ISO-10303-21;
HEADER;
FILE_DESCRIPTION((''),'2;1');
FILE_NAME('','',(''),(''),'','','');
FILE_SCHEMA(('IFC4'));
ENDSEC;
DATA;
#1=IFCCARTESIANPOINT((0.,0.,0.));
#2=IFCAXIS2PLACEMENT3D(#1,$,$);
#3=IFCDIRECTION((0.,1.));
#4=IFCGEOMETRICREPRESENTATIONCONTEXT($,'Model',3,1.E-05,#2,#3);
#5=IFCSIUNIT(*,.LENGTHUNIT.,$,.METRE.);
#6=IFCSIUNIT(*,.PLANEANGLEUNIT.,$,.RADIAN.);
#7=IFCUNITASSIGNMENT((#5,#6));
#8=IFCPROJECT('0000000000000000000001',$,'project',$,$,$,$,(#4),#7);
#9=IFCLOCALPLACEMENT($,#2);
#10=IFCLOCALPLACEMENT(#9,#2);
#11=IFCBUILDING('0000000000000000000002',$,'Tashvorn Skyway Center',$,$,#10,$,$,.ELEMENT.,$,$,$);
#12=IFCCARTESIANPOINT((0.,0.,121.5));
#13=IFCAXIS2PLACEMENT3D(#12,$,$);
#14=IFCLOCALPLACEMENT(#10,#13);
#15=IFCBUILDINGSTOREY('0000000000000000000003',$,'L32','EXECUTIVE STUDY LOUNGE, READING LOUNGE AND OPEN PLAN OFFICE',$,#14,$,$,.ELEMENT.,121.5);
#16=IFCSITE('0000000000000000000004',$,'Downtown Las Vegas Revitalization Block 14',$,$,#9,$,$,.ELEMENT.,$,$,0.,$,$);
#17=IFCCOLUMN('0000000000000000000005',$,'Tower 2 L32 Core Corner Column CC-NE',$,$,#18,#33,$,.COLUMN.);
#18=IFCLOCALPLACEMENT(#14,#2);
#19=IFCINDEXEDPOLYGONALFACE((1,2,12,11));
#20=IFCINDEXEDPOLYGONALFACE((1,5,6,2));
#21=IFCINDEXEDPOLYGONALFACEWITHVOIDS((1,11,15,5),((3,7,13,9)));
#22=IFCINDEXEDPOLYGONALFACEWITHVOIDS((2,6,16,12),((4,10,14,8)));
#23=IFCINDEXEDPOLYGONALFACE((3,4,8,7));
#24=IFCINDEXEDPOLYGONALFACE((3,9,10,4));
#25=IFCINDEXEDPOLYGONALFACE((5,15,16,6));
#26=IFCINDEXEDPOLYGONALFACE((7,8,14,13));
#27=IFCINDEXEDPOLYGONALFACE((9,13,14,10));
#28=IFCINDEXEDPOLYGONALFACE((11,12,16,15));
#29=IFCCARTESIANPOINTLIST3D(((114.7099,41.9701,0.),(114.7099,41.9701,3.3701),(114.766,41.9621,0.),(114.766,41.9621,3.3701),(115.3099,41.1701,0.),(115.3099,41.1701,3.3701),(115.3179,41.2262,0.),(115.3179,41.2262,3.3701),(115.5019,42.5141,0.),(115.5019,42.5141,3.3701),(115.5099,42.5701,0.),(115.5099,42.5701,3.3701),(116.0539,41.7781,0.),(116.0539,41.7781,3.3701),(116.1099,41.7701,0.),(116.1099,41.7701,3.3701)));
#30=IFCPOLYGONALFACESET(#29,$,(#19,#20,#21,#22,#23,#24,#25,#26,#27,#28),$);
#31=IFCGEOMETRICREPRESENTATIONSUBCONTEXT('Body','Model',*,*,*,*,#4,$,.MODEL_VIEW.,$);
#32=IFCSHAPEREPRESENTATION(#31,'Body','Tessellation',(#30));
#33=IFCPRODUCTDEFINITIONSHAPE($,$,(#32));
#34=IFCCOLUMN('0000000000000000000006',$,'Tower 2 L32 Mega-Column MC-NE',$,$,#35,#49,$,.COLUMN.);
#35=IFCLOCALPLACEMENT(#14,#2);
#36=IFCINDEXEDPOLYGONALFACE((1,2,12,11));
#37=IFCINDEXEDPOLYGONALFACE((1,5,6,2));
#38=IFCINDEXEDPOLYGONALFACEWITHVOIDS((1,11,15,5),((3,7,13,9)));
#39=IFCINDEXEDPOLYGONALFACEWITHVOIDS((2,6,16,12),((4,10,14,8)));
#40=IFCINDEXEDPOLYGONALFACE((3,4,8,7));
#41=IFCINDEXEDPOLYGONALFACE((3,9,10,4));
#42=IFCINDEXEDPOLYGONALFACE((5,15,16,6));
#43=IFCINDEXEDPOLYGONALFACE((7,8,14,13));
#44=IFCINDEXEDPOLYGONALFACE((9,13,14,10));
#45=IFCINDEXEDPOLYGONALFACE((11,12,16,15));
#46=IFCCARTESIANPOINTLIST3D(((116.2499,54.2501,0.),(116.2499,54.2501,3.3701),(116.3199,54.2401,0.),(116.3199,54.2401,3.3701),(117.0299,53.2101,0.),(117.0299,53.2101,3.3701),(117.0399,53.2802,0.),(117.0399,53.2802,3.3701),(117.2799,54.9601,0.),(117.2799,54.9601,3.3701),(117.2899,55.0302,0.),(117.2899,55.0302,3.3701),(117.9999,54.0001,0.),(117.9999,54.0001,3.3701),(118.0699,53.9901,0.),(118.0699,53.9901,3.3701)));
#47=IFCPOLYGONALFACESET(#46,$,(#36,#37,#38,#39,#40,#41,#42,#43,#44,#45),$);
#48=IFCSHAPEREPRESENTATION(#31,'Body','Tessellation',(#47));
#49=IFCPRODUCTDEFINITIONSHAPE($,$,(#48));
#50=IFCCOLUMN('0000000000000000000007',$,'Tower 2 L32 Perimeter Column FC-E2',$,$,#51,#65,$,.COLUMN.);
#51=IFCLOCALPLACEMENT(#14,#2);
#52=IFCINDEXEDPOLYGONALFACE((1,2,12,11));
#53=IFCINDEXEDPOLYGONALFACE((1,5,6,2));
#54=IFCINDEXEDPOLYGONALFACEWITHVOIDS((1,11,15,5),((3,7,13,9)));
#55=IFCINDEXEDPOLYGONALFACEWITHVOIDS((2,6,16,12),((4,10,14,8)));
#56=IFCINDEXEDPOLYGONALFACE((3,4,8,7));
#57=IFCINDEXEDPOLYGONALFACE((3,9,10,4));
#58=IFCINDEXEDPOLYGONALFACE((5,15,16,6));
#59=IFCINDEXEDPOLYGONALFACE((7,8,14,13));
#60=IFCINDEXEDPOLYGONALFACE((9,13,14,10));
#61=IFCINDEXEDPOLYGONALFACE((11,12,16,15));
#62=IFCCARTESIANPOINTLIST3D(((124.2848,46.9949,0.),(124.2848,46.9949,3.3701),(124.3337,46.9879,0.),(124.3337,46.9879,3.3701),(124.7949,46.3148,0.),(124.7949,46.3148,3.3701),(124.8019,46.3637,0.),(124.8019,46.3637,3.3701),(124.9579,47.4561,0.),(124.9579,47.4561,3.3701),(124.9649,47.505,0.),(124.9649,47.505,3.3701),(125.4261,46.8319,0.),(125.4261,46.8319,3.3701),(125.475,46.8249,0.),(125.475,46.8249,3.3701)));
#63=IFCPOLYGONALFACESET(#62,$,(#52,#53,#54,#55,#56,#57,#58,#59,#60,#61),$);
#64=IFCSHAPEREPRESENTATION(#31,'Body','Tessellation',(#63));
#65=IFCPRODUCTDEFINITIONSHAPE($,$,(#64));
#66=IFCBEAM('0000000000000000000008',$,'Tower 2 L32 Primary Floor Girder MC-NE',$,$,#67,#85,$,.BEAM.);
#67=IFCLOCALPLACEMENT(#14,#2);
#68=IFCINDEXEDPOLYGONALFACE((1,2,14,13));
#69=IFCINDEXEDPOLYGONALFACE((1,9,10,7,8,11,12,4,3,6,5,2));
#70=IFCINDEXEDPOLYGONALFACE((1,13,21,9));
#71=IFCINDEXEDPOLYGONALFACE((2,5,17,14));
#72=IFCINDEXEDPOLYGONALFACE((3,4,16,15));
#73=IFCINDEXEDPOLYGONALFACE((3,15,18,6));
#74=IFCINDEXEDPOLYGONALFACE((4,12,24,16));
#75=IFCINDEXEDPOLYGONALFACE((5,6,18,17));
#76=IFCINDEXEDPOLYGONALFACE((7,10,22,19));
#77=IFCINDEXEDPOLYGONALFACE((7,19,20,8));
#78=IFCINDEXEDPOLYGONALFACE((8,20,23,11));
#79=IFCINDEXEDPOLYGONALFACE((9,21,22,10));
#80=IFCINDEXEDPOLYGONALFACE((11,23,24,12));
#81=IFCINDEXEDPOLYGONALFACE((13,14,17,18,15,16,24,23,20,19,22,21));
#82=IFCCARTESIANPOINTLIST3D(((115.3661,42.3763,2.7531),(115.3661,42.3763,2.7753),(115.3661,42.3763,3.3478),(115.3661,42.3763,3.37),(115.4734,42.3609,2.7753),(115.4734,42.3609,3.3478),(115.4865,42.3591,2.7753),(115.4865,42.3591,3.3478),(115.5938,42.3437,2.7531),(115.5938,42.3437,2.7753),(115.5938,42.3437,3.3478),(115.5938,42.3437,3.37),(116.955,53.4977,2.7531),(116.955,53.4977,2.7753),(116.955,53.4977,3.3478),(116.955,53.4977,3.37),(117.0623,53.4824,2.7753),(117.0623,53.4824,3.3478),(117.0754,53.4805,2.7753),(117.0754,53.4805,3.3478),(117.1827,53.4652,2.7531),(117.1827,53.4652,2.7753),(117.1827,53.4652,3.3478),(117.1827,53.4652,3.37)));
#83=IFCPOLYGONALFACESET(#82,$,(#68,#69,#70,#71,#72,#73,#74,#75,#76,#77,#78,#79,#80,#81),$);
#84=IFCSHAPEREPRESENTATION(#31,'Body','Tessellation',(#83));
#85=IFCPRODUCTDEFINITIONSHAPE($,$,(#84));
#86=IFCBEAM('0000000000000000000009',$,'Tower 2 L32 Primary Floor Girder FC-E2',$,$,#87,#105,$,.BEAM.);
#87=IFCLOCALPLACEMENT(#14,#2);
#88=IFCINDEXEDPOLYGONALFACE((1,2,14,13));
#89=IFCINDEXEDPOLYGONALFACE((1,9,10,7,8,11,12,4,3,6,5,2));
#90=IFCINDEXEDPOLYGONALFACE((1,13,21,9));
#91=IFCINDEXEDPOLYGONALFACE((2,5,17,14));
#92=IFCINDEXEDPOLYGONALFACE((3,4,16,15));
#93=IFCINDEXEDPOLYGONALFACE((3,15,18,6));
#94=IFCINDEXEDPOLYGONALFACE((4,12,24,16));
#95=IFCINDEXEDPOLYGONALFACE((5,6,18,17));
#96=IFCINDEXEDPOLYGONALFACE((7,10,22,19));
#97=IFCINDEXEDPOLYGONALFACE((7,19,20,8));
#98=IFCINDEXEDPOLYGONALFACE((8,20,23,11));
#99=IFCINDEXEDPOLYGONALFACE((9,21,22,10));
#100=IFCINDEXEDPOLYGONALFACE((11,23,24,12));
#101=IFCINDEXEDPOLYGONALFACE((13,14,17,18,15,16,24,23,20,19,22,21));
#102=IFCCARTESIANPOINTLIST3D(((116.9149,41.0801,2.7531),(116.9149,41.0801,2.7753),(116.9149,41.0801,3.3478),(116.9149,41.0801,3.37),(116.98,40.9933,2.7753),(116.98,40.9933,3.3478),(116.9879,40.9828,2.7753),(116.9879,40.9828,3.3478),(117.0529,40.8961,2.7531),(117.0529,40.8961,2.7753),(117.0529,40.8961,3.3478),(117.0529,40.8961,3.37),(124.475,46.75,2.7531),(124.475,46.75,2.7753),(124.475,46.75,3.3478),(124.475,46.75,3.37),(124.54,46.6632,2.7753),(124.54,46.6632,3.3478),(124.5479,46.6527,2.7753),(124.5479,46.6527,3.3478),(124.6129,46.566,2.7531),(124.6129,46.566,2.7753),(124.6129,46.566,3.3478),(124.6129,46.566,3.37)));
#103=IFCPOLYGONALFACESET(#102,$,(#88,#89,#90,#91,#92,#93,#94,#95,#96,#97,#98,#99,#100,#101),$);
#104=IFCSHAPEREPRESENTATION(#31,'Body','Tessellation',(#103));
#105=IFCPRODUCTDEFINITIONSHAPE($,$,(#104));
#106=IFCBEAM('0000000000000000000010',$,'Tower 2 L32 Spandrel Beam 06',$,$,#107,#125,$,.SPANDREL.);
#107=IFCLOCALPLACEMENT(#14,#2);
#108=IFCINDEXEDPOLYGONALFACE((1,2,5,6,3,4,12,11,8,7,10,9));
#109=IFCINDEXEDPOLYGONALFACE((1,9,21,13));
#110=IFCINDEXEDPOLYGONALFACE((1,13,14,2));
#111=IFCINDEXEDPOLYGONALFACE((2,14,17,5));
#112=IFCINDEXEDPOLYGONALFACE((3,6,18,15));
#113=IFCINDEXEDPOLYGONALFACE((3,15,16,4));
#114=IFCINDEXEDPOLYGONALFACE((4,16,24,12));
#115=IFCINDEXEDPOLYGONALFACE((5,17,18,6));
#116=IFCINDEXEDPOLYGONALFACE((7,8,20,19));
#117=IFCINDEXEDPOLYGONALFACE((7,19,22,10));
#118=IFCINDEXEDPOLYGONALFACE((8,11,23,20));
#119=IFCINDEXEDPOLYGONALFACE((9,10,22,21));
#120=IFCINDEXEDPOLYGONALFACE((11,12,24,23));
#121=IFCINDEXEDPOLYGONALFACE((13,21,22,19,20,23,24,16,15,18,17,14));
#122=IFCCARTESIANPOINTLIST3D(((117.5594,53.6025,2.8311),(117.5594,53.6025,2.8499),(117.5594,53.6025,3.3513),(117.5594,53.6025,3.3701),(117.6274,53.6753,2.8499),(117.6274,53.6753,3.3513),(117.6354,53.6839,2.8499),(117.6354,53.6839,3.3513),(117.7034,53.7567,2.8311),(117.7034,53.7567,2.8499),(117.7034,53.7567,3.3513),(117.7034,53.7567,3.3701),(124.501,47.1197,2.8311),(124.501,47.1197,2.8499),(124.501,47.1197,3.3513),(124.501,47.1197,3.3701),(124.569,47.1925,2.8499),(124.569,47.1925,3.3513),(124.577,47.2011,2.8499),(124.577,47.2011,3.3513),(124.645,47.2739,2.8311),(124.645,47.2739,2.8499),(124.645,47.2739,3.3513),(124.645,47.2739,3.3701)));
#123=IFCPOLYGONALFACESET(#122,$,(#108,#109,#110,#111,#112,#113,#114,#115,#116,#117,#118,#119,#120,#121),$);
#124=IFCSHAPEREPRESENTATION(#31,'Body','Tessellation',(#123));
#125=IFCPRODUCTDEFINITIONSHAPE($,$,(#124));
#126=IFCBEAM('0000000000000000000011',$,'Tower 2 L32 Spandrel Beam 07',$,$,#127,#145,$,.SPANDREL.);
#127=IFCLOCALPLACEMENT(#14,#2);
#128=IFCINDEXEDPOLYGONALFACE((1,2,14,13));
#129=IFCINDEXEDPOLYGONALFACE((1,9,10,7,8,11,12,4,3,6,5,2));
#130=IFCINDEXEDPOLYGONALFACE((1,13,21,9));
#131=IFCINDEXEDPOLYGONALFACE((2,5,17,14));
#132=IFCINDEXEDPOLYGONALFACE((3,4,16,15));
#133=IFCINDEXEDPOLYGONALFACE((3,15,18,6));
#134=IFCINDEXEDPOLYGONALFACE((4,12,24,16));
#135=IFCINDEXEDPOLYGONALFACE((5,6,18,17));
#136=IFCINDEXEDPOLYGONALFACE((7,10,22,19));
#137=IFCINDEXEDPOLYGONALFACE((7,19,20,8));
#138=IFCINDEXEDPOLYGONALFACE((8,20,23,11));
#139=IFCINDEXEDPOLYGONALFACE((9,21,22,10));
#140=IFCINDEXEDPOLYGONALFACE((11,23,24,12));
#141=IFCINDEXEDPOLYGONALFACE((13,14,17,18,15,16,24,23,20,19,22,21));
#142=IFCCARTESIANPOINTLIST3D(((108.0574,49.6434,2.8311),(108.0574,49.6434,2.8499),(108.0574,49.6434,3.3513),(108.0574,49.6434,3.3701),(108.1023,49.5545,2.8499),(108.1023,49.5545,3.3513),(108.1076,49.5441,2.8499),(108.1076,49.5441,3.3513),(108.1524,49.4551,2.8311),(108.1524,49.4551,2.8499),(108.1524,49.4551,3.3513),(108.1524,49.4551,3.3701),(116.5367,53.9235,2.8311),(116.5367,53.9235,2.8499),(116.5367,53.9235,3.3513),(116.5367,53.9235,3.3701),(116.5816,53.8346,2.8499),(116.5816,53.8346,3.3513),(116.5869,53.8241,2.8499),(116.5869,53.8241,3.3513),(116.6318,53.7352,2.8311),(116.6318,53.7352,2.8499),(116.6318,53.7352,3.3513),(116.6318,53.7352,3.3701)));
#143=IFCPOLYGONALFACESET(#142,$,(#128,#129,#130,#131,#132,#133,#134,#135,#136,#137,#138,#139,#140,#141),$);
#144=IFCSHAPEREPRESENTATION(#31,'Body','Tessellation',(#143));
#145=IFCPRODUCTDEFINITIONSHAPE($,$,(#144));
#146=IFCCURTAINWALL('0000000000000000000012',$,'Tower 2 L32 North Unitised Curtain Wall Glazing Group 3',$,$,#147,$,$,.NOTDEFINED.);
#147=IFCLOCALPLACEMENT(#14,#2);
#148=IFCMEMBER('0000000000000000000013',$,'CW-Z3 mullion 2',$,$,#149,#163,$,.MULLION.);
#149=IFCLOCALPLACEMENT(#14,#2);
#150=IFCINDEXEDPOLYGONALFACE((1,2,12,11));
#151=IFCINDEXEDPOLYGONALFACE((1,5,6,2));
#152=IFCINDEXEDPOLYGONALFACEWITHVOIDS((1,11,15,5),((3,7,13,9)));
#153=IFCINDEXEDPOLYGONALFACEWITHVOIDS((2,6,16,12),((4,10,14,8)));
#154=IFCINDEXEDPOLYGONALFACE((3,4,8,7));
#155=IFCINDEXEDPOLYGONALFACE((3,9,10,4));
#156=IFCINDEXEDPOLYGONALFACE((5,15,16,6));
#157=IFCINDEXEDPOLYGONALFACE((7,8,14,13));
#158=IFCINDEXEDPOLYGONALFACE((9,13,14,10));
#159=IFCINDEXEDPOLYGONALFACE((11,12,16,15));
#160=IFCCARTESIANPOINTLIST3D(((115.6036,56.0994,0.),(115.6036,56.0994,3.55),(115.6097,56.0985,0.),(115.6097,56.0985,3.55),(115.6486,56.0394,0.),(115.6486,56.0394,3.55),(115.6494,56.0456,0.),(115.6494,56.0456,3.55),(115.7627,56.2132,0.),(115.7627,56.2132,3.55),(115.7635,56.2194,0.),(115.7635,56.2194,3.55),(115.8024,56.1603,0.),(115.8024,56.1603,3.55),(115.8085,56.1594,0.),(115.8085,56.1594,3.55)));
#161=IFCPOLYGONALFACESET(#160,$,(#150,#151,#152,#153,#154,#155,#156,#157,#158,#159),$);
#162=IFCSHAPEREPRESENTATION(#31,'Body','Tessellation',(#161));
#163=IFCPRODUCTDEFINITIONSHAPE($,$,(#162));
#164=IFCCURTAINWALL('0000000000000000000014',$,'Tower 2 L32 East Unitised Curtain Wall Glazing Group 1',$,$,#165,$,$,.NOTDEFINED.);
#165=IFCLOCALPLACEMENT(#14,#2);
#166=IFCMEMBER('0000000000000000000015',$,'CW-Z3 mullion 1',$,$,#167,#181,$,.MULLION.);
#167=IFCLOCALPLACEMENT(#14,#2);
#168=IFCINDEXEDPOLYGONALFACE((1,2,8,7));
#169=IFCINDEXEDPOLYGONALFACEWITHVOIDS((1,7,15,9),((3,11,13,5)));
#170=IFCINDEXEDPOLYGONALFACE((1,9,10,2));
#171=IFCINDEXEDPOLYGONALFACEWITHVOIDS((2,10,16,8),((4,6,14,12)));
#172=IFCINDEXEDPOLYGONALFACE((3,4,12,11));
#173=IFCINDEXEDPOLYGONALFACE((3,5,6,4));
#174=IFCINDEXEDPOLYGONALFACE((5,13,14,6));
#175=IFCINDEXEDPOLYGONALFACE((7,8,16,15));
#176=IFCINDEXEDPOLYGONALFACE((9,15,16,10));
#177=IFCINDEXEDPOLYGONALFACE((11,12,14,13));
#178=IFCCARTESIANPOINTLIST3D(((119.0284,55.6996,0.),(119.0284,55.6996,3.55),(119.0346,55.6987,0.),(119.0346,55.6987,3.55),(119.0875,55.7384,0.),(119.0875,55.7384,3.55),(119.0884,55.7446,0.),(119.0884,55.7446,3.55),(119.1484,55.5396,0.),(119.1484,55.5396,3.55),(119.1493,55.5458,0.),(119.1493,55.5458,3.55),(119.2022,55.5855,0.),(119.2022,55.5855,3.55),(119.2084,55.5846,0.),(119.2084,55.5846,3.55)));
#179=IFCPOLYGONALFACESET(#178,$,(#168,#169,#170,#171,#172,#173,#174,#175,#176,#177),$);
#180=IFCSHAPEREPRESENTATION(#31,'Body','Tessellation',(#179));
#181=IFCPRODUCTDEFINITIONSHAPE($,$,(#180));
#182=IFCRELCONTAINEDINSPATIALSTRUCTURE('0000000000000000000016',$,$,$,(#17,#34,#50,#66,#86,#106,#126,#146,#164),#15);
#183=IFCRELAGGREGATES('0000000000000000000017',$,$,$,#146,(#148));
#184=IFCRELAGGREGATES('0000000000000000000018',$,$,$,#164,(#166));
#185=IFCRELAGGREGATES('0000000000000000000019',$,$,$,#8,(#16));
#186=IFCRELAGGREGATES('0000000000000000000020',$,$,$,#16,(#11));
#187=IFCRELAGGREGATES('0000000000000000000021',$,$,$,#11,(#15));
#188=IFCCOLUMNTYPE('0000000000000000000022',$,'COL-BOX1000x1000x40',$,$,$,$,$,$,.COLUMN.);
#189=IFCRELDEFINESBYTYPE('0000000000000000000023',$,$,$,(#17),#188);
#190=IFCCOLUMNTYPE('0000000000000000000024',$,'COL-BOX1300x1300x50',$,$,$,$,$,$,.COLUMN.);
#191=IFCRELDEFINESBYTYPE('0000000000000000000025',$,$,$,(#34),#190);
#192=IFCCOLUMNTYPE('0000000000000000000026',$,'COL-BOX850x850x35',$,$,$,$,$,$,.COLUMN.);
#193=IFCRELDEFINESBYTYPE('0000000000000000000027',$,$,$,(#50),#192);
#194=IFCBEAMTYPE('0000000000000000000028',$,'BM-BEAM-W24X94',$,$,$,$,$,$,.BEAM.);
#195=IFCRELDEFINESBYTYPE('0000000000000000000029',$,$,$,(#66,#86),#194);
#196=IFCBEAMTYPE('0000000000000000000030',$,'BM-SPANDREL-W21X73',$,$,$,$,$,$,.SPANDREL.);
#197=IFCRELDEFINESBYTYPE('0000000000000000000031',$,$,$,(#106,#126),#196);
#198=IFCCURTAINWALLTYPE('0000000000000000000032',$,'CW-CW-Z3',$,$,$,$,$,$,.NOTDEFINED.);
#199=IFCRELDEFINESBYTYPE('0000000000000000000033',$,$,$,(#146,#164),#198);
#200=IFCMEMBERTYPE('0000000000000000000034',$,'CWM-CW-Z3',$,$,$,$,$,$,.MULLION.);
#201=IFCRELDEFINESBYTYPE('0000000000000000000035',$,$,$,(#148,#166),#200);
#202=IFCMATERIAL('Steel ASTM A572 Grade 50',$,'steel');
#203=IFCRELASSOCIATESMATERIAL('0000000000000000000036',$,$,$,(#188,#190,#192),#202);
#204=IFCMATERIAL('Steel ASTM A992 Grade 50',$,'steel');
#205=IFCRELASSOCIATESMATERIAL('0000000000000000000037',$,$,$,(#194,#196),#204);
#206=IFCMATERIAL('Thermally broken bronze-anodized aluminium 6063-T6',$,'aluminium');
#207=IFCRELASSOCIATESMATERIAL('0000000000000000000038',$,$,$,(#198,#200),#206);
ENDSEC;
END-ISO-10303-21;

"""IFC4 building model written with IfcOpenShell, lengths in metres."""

from ifc_helpers import new_model, si_unit, direction, frame, origin, origin_2d, place, context, subcontext, project, spatial, hollow_rectangle, i_section, extrude, material, material_profile, profile_set, type_object, element, aggregate, save


model = new_model("IFC4")

# Units and contexts
model_context = context("Model", 3, precision=1e-05, world=origin(), true_north=direction((0.0, 1.0)))
body_context = subcontext(model_context, "Body", "Model", "MODEL_VIEW")
ifc_project = project(units=[si_unit("LENGTHUNIT", "METRE"), si_unit("PLANEANGLEUNIT", "RADIAN")], contexts=[model_context])

# Site, building, storey
site_placement = place(None, origin())
site = spatial("IfcSite", under=ifc_project, at=site_placement, Name="Downtown Las Vegas Revitalization Block 14", CompositionType="ELEMENT", RefElevation=0.0)
building_placement = place(site_placement, origin())
building = spatial("IfcBuilding", under=site, at=building_placement, Name="Tashvorn Skyway Center", CompositionType="ELEMENT")
storey_placement = place(building_placement, frame((0.0, 0.0, 121.5)))
storey = spatial("IfcBuildingStorey", under=building, at=storey_placement, Name="L32", Description="EXECUTIVE STUDY LOUNGE, READING LOUNGE AND OPEN PLAN OFFICE", CompositionType="ELEMENT", Elevation=121.5)

# Columns
ifc_material_1 = material(Name="Steel ASTM A572 Grade 50", Category="steel")
ifc_material_profile_1 = material_profile(ifc_material_1, hollow_rectangle(XDim=1.0, YDim=1.0, WallThickness=0.04, at=origin_2d()), Name="BOX1000x1000x40")
ifc_profile_set_1 = profile_set([ifc_material_profile_1], Name="Steel ASTM A572 Grade 50")
column_type_1 = type_object("IfcColumnType", Name="COL-BOX1000x1000x40", PredefinedType="COLUMN", material=ifc_profile_set_1)
column_1_placement = place(storey_placement, frame((115.4099, 41.8701, 0.0), z_axis=(0.0, 0.0, 1.0), x_axis=(0.8, 0.6, 0.0)))
element("IfcColumn", 1, at=column_1_placement, inside=storey, type_object=column_type_1, Name="Tower 2 L32 Core Corner Column CC-NE", PredefinedType="COLUMN", context=body_context, shape_type="SweptSolid", body=[
    extrude(hollow_rectangle(XDim=1.0, YDim=1.0, WallThickness=0.04, at=origin_2d()), origin(), (0.0, 0.0, 1.0), 3.3701),
])
ifc_material_profile_2 = material_profile(ifc_material_1, hollow_rectangle(XDim=1.3, YDim=1.3, WallThickness=0.05, at=origin_2d()), Name="BOX1300x1300x50")
ifc_profile_set_2 = profile_set([ifc_material_profile_2], Name="Steel ASTM A572 Grade 50")
column_type_2 = type_object("IfcColumnType", Name="COL-BOX1300x1300x50", PredefinedType="COLUMN", material=ifc_profile_set_2)
column_2_placement = place(storey_placement, frame((117.1599, 54.1201, 0.0), z_axis=(0.0, 0.0, 1.0), x_axis=(0.8, 0.6, 0.0)))
element("IfcColumn", 2, at=column_2_placement, inside=storey, type_object=column_type_2, Name="Tower 2 L32 Mega-Column MC-NE", PredefinedType="COLUMN", context=body_context, shape_type="SweptSolid", body=[
    extrude(hollow_rectangle(XDim=1.3, YDim=1.3, WallThickness=0.05, at=origin_2d()), origin(), (0.0, 0.0, 1.0), 3.3701),
])
ifc_material_profile_3 = material_profile(ifc_material_1, hollow_rectangle(XDim=0.8501, YDim=0.8501, WallThickness=0.0349, at=origin_2d()), Name="BOX850x850x35")
ifc_profile_set_3 = profile_set([ifc_material_profile_3], Name="Steel ASTM A572 Grade 50")
column_type_3 = type_object("IfcColumnType", Name="COL-BOX850x850x35", PredefinedType="COLUMN", material=ifc_profile_set_3)
column_3_placement = place(storey_placement, frame((124.8799, 46.9099, 0.0), z_axis=(0.0, 0.0, 1.0), x_axis=(0.8, 0.6, 0.0)))
element("IfcColumn", 3, at=column_3_placement, inside=storey, type_object=column_type_3, Name="Tower 2 L32 Perimeter Column FC-E2", PredefinedType="COLUMN", context=body_context, shape_type="SweptSolid", body=[
    extrude(hollow_rectangle(XDim=0.8501, YDim=0.8501, WallThickness=0.0349, at=origin_2d()), origin(), (0.0, 0.0, 1.0), 3.3701),
])

# Beams
ifc_material_2 = material(Name="Steel ASTM A992 Grade 50", Category="steel")
ifc_material_profile_4 = material_profile(ifc_material_2, i_section(OverallWidth=0.23, OverallDepth=0.6169, WebThickness=0.0132, FlangeThickness=0.0222, at=origin_2d()), Name="W24X94")
ifc_profile_set_4 = profile_set([ifc_material_profile_4], Name="Steel ASTM A992 Grade 50")
beam_type_1 = type_object("IfcBeamType", Name="BM-BEAM-W24X94", PredefinedType="BEAM", material=ifc_profile_set_4)
beam_1_placement = place(storey_placement, frame((117.0688, 53.4814, 3.0615), z_axis=(-0.14143, -0.989948, 0.0), x_axis=(0.989948, -0.14143, 0.0)))
element("IfcBeam", 4, at=beam_1_placement, inside=storey, type_object=beam_type_1, Name="Tower 2 L32 Primary Floor Girder MC-NE", PredefinedType="BEAM", context=body_context, shape_type="SweptSolid", body=[
    extrude(i_section(OverallWidth=0.23, OverallDepth=0.6169, WebThickness=0.0132, FlangeThickness=0.0222, at=origin_2d()), origin(), (0.0, 0.0, 1.0), 11.2344),
])
beam_2_placement = place(storey_placement, frame((124.5439, 46.658, 3.0615), z_axis=(-0.800006, -0.599992, 0.0), x_axis=(0.599992, -0.800006, 0.0)))
element("IfcBeam", 5, at=beam_2_placement, inside=storey, type_object=beam_type_1, Name="Tower 2 L32 Primary Floor Girder FC-E2", PredefinedType="BEAM", context=body_context, shape_type="SweptSolid", body=[
    extrude(i_section(OverallWidth=0.23, OverallDepth=0.6169, WebThickness=0.0132, FlangeThickness=0.0222, at=origin_2d()), origin(), (0.0, 0.0, 1.0), 9.45),
])
ifc_material_profile_5 = material_profile(ifc_material_2, i_section(OverallWidth=0.2109, OverallDepth=0.5391, WebThickness=0.0117, FlangeThickness=0.0188, at=origin_2d()), Name="W21X73")
ifc_profile_set_5 = profile_set([ifc_material_profile_5], Name="Steel ASTM A992 Grade 50")
beam_type_2 = type_object("IfcBeamType", Name="BM-SPANDREL-W21X73", PredefinedType="SPANDREL", material=ifc_profile_set_5)
beam_3_placement = place(storey_placement, frame((124.573, 47.1968, 3.1006), z_axis=(-0.730843, 0.682545, 0.0), x_axis=(-0.682545, -0.730843, 0.0)))
element("IfcBeam", 6, at=beam_3_placement, inside=storey, type_object=beam_type_2, Name="Tower 2 L32 Spandrel Beam 06", PredefinedType="SPANDREL", context=body_context, shape_type="SweptSolid", body=[
    extrude(i_section(OverallWidth=0.2109, OverallDepth=0.5391, WebThickness=0.0117, FlangeThickness=0.0188, at=origin_2d()), origin(), (0.0, 0.0, 1.0), 9.498),
])
beam_4_placement = place(storey_placement, frame((116.5842, 53.8293, 3.1006), z_axis=(-0.892719, -0.450614, 0.0), x_axis=(0.450614, -0.892719, 0.0)))
element("IfcBeam", 7, at=beam_4_placement, inside=storey, type_object=beam_type_2, Name="Tower 2 L32 Spandrel Beam 07", PredefinedType="SPANDREL", context=body_context, shape_type="SweptSolid", body=[
    extrude(i_section(OverallWidth=0.2109, OverallDepth=0.5391, WebThickness=0.0117, FlangeThickness=0.0188, at=origin_2d()), origin(), (0.0, 0.0, 1.0), 9.4983),
])

# Curtain wall, member
ifc_material_3 = material(Name="Thermally broken bronze-anodized aluminium 6063-T6", Category="aluminium")
curtain_wall_type = type_object("IfcCurtainWallType", Name="CW-CW-Z3", PredefinedType="NOTDEFINED", material=ifc_material_3)
curtain_wall_1_placement = place(storey_placement, origin())
curtain_wall_1 = element("IfcCurtainWall", 8, at=curtain_wall_1_placement, inside=storey, type_object=curtain_wall_type, Name="Tower 2 L32 North Unitised Curtain Wall Glazing Group 3", PredefinedType="NOTDEFINED")
ifc_material_profile_6 = material_profile(ifc_material_3, hollow_rectangle(XDim=0.075, YDim=0.2, WallThickness=0.0044, at=origin_2d()), Name="ALU-MULL-75x200")
ifc_profile_set_6 = profile_set([ifc_material_profile_6], Name="Thermally broken bronze-anodized aluminium 6063-T6")
member_type_1 = type_object("IfcMemberType", Name="CWM-CW-Z3", PredefinedType="MULLION", material=ifc_profile_set_6)
member_1_placement = place(storey_placement, frame((115.7061, 56.1294, 0.0), z_axis=(0.0, 0.0, 1.0), x_axis=(-0.600002, 0.799999, 0.0)))
member_1 = element("IfcMember", 9, at=member_1_placement, type_object=member_type_1, Name="CW-Z3 mullion 2", PredefinedType="MULLION", context=body_context, shape_type="SweptSolid", body=[
    extrude(hollow_rectangle(XDim=0.075, YDim=0.2, WallThickness=0.0044, at=origin_2d()), origin(), (0.0, 0.0, 1.0), 3.55),
])
aggregate(curtain_wall_1, [member_1])

# Curtain wall, member
curtain_wall_2_placement = place(storey_placement, origin())
curtain_wall_2 = element("IfcCurtainWall", 10, at=curtain_wall_2_placement, inside=storey, type_object=curtain_wall_type, Name="Tower 2 L32 East Unitised Curtain Wall Glazing Group 1", PredefinedType="NOTDEFINED")
member_2_placement = place(storey_placement, frame((119.1184, 55.6421, 0.0), z_axis=(0.0, 0.0, 1.0), x_axis=(0.799999, 0.600002, 0.0)))
member_2 = element("IfcMember", 11, at=member_2_placement, type_object=member_type_1, Name="CW-Z3 mullion 1", PredefinedType="MULLION", context=body_context, shape_type="SweptSolid", body=[
    extrude(hollow_rectangle(XDim=0.075, YDim=0.2, WallThickness=0.0044, at=origin_2d()), origin(), (0.0, 0.0, 1.0), 3.55),
])

aggregate(curtain_wall_2, [member_2])

save(model, "model.ifc")
